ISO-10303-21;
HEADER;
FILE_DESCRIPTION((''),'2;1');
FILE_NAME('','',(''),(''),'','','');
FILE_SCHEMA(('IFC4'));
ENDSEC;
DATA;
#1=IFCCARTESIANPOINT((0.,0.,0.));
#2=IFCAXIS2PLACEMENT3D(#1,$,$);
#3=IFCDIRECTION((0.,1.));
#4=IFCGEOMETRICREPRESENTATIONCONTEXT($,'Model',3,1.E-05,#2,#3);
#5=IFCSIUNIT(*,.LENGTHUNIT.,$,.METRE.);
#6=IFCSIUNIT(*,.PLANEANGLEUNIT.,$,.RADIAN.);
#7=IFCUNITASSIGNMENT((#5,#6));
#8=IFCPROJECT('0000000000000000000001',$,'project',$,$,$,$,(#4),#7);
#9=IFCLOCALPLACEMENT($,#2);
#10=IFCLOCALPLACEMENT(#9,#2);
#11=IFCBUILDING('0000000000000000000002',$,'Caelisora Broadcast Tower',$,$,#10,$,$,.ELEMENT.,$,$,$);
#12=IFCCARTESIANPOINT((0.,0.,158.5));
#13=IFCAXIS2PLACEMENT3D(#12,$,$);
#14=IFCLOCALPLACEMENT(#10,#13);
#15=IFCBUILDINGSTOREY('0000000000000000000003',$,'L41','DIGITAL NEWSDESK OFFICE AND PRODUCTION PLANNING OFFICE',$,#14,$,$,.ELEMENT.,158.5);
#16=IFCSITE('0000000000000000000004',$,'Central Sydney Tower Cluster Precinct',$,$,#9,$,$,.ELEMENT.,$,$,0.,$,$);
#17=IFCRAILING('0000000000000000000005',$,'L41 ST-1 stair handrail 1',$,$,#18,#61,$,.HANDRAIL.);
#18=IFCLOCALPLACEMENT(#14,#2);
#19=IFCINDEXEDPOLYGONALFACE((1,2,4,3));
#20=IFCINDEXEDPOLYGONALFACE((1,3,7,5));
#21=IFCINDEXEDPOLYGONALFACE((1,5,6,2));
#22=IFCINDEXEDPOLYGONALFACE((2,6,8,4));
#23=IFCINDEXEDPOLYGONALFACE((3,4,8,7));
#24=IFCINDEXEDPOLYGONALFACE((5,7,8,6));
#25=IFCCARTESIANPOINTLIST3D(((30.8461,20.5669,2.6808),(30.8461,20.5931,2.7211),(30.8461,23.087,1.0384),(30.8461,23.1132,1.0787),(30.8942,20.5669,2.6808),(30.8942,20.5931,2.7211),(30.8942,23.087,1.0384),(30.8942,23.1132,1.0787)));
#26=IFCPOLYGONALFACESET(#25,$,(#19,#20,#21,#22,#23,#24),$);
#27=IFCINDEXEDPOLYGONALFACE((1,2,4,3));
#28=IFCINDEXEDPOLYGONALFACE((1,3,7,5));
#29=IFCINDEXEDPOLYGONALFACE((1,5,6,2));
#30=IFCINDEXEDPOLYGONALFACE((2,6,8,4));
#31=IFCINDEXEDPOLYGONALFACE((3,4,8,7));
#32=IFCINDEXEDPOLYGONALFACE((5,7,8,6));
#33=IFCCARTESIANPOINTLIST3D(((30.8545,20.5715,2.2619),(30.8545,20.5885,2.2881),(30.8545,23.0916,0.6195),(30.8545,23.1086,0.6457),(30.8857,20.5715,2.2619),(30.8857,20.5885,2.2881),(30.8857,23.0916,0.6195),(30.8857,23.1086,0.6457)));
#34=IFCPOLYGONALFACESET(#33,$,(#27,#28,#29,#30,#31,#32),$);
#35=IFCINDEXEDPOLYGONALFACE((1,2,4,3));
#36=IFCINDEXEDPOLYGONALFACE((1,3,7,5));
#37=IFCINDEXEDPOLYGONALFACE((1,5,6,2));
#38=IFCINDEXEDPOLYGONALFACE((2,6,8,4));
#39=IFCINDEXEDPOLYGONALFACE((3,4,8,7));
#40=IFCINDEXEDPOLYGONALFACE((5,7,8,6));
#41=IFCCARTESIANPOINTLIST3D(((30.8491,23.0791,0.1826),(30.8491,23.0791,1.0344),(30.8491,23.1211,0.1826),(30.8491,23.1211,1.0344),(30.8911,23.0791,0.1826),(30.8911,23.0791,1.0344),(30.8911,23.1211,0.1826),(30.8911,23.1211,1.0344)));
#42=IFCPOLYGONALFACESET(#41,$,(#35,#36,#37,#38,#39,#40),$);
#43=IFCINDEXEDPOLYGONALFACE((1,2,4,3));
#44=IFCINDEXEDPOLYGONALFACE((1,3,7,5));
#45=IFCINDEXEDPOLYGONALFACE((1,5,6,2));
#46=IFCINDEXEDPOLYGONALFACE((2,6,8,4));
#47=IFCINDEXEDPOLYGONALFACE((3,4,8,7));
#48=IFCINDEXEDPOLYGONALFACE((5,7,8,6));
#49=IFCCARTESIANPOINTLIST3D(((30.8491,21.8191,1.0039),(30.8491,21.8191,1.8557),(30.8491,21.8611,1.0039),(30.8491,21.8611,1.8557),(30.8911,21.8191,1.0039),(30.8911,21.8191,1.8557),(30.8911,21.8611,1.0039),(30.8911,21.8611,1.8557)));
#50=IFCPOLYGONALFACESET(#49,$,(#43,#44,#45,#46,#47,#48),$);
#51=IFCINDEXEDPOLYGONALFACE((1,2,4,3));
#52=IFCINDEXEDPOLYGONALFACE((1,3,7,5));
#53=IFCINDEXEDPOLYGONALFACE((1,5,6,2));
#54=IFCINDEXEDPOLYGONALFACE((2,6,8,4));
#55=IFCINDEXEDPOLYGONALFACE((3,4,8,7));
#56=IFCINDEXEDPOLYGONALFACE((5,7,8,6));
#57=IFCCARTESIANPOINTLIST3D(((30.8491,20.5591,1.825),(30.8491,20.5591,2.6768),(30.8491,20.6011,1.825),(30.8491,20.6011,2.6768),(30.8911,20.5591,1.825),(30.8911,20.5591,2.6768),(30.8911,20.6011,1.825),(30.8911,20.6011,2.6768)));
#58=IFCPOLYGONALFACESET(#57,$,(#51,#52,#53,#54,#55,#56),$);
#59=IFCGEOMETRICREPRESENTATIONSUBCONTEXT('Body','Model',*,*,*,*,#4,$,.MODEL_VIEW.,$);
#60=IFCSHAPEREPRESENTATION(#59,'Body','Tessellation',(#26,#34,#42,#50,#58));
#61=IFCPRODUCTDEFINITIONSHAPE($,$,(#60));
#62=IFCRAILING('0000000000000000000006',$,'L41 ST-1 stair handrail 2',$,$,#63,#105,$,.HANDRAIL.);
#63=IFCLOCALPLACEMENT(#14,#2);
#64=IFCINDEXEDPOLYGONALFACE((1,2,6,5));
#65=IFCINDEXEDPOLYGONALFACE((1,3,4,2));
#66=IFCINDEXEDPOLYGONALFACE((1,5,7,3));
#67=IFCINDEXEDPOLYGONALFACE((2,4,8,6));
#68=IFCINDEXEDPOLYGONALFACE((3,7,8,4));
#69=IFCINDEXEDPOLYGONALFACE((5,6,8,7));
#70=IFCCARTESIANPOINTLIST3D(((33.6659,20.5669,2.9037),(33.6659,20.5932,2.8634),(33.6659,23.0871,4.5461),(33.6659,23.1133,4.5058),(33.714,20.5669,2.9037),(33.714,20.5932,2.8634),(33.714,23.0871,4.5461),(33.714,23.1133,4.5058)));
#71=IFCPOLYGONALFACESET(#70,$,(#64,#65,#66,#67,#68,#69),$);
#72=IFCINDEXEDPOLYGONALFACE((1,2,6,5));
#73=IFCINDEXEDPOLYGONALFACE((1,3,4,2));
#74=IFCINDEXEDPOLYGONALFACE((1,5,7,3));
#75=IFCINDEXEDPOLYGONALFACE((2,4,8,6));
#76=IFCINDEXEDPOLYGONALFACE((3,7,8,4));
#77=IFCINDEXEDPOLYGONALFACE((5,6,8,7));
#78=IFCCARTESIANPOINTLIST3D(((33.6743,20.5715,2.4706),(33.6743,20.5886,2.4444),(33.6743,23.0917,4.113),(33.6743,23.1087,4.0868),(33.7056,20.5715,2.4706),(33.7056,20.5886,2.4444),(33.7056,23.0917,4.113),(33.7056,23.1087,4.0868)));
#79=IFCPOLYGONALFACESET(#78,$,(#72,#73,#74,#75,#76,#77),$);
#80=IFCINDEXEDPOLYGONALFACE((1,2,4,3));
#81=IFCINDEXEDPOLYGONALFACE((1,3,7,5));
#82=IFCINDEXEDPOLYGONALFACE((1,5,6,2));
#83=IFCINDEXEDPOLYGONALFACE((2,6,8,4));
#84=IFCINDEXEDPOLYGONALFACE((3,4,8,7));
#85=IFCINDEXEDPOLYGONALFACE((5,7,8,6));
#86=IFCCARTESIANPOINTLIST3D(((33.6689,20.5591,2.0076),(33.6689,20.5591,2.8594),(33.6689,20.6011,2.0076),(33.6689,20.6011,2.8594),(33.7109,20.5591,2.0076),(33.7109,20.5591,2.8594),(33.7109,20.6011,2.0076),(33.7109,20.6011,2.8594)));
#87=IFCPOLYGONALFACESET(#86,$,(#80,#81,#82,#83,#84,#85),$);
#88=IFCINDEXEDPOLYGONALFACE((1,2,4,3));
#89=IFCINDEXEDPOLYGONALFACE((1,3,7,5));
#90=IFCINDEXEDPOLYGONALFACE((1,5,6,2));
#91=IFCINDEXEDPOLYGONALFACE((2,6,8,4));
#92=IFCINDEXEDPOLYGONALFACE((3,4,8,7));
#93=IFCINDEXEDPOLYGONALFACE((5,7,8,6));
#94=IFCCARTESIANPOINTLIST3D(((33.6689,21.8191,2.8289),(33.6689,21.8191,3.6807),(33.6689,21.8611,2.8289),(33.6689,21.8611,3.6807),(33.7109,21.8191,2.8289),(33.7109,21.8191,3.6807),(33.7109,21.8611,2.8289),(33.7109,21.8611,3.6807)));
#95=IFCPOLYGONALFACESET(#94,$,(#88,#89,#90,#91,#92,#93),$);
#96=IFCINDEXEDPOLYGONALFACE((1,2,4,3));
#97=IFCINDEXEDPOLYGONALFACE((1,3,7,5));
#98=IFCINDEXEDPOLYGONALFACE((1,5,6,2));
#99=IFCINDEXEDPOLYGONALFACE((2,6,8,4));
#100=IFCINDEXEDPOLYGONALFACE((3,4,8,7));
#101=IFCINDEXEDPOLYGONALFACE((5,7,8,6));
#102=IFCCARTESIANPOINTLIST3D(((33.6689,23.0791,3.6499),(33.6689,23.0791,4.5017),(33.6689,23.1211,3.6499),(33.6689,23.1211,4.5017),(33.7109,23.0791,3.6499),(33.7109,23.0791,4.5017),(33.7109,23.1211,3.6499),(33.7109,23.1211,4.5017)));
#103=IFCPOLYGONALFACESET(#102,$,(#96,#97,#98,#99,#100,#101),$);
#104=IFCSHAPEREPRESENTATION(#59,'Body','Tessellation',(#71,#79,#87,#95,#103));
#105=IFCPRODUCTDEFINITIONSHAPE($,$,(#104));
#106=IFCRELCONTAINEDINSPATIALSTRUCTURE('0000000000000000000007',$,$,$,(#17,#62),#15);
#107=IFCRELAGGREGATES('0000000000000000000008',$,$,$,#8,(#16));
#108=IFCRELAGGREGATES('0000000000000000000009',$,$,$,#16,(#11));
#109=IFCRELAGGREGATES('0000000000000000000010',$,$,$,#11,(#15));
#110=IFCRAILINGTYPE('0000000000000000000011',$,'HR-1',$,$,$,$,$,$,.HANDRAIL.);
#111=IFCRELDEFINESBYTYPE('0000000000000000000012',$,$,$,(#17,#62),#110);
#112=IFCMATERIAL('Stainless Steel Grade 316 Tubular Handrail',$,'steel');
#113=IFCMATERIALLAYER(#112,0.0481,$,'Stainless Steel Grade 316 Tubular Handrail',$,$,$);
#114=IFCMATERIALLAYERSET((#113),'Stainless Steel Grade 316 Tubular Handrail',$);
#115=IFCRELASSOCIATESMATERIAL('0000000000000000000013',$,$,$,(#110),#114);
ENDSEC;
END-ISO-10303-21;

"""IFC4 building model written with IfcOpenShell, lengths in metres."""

from ifc_helpers import new_model, si_unit, direction, frame, origin, origin_2d, place, context, subcontext, project, spatial, rectangle, extrude, material, layer, layer_set, type_object, element, save


model = new_model("IFC4")

# Units and contexts
model_context = context("Model", 3, precision=1e-05, world=origin(), true_north=direction((0.0, 1.0)))
body_context = subcontext(model_context, "Body", "Model", "MODEL_VIEW")
ifc_project = project(units=[si_unit("LENGTHUNIT", "METRE"), si_unit("PLANEANGLEUNIT", "RADIAN")], contexts=[model_context])

# Site, building, storey
site_placement = place(None, origin())
site = spatial("IfcSite", under=ifc_project, at=site_placement, Name="Central Sydney Tower Cluster Precinct", CompositionType="ELEMENT", RefElevation=0.0)
building_placement = place(site_placement, origin())
building = spatial("IfcBuilding", under=site, at=building_placement, Name="Caelisora Broadcast Tower", CompositionType="ELEMENT")
storey_placement = place(building_placement, frame((0.0, 0.0, 158.5)))
storey = spatial("IfcBuildingStorey", under=building, at=storey_placement, Name="L41", Description="DIGITAL NEWSDESK OFFICE AND PRODUCTION PLANNING OFFICE", CompositionType="ELEMENT", Elevation=158.5)

# Railings
ifc_material_1 = material(Name="Stainless Steel Grade 316 Tubular Handrail", Category="steel")
ifc_layer_1 = layer(ifc_material_1, 0.0481, Name="Stainless Steel Grade 316 Tubular Handrail")
ifc_layer_set_1 = layer_set([ifc_layer_1], Name="Stainless Steel Grade 316 Tubular Handrail")
railing_type_1 = type_object("IfcRailingType", Name="HR-1", PredefinedType="HANDRAIL", material=ifc_layer_set_1)
railing_1_placement = place(storey_placement, frame((30.8701, 23.1001, 0.1826)))
element("IfcRailing", 1, at=railing_1_placement, inside=storey, type_object=railing_type_1, Name="L41 ST-1 stair handrail 1", PredefinedType="HANDRAIL", context=body_context, shape_type="SweptSolid", body=[
    extrude(rectangle(XDim=0.0481, YDim=0.0481, at=origin_2d()), frame((0.0, 0.0, 0.876), z_axis=(0.0, -0.837787, 0.545998), x_axis=(1.0, 0.0, 0.0)), (0.0, 0.0, 1.0), 3.0081),
    extrude(rectangle(XDim=0.0312, YDim=0.0312, at=origin_2d()), frame((0.0, 0.0, 0.45), z_axis=(0.0, -0.837787, 0.545998), x_axis=(1.0, 0.0, 0.0)), (0.0, 0.0, 1.0), 3.0081),
    extrude(rectangle(XDim=0.042, YDim=0.042, at=origin_2d()), origin(), (0.0, 0.0, 1.0), 0.8518),
    extrude(rectangle(XDim=0.042, YDim=0.042, at=origin_2d()), frame((0.0, -1.26, 0.8213)), (0.0, 0.0, 1.0), 0.8518),
    extrude(rectangle(XDim=0.042, YDim=0.042, at=origin_2d()), frame((0.0, -2.52, 1.6423)), (0.0, 0.0, 1.0), 0.8518),
])
railing_2_placement = place(storey_placement, frame((33.6899, 20.5801, 2.0076)))
element("IfcRailing", 2, at=railing_2_placement, inside=storey, type_object=railing_type_1, Name="L41 ST-1 stair handrail 2", PredefinedType="HANDRAIL", context=body_context, shape_type="SweptSolid", body=[
    extrude(rectangle(XDim=0.0481, YDim=0.0481, at=origin_2d()), frame((0.0, 0.0, 0.876), z_axis=(0.0, 0.837787, 0.545998), x_axis=(-1.0, 0.0, 0.0)), (0.0, 0.0, 1.0), 3.0081),
    extrude(rectangle(XDim=0.0312, YDim=0.0312, at=origin_2d()), frame((0.0, 0.0, 0.45), z_axis=(0.0, 0.837787, 0.545998), x_axis=(-1.0, 0.0, 0.0)), (0.0, 0.0, 1.0), 3.0081),
    extrude(rectangle(XDim=0.042, YDim=0.042, at=origin_2d()), origin(), (0.0, 0.0, 1.0), 0.8518),
    extrude(rectangle(XDim=0.042, YDim=0.042, at=origin_2d()), frame((0.0, 1.26, 0.8213)), (0.0, 0.0, 1.0), 0.8518),
    extrude(rectangle(XDim=0.042, YDim=0.042, at=origin_2d()), frame((0.0, 2.52, 1.6423)), (0.0, 0.0, 1.0), 0.8518),
])

save(model, "model.ifc")
